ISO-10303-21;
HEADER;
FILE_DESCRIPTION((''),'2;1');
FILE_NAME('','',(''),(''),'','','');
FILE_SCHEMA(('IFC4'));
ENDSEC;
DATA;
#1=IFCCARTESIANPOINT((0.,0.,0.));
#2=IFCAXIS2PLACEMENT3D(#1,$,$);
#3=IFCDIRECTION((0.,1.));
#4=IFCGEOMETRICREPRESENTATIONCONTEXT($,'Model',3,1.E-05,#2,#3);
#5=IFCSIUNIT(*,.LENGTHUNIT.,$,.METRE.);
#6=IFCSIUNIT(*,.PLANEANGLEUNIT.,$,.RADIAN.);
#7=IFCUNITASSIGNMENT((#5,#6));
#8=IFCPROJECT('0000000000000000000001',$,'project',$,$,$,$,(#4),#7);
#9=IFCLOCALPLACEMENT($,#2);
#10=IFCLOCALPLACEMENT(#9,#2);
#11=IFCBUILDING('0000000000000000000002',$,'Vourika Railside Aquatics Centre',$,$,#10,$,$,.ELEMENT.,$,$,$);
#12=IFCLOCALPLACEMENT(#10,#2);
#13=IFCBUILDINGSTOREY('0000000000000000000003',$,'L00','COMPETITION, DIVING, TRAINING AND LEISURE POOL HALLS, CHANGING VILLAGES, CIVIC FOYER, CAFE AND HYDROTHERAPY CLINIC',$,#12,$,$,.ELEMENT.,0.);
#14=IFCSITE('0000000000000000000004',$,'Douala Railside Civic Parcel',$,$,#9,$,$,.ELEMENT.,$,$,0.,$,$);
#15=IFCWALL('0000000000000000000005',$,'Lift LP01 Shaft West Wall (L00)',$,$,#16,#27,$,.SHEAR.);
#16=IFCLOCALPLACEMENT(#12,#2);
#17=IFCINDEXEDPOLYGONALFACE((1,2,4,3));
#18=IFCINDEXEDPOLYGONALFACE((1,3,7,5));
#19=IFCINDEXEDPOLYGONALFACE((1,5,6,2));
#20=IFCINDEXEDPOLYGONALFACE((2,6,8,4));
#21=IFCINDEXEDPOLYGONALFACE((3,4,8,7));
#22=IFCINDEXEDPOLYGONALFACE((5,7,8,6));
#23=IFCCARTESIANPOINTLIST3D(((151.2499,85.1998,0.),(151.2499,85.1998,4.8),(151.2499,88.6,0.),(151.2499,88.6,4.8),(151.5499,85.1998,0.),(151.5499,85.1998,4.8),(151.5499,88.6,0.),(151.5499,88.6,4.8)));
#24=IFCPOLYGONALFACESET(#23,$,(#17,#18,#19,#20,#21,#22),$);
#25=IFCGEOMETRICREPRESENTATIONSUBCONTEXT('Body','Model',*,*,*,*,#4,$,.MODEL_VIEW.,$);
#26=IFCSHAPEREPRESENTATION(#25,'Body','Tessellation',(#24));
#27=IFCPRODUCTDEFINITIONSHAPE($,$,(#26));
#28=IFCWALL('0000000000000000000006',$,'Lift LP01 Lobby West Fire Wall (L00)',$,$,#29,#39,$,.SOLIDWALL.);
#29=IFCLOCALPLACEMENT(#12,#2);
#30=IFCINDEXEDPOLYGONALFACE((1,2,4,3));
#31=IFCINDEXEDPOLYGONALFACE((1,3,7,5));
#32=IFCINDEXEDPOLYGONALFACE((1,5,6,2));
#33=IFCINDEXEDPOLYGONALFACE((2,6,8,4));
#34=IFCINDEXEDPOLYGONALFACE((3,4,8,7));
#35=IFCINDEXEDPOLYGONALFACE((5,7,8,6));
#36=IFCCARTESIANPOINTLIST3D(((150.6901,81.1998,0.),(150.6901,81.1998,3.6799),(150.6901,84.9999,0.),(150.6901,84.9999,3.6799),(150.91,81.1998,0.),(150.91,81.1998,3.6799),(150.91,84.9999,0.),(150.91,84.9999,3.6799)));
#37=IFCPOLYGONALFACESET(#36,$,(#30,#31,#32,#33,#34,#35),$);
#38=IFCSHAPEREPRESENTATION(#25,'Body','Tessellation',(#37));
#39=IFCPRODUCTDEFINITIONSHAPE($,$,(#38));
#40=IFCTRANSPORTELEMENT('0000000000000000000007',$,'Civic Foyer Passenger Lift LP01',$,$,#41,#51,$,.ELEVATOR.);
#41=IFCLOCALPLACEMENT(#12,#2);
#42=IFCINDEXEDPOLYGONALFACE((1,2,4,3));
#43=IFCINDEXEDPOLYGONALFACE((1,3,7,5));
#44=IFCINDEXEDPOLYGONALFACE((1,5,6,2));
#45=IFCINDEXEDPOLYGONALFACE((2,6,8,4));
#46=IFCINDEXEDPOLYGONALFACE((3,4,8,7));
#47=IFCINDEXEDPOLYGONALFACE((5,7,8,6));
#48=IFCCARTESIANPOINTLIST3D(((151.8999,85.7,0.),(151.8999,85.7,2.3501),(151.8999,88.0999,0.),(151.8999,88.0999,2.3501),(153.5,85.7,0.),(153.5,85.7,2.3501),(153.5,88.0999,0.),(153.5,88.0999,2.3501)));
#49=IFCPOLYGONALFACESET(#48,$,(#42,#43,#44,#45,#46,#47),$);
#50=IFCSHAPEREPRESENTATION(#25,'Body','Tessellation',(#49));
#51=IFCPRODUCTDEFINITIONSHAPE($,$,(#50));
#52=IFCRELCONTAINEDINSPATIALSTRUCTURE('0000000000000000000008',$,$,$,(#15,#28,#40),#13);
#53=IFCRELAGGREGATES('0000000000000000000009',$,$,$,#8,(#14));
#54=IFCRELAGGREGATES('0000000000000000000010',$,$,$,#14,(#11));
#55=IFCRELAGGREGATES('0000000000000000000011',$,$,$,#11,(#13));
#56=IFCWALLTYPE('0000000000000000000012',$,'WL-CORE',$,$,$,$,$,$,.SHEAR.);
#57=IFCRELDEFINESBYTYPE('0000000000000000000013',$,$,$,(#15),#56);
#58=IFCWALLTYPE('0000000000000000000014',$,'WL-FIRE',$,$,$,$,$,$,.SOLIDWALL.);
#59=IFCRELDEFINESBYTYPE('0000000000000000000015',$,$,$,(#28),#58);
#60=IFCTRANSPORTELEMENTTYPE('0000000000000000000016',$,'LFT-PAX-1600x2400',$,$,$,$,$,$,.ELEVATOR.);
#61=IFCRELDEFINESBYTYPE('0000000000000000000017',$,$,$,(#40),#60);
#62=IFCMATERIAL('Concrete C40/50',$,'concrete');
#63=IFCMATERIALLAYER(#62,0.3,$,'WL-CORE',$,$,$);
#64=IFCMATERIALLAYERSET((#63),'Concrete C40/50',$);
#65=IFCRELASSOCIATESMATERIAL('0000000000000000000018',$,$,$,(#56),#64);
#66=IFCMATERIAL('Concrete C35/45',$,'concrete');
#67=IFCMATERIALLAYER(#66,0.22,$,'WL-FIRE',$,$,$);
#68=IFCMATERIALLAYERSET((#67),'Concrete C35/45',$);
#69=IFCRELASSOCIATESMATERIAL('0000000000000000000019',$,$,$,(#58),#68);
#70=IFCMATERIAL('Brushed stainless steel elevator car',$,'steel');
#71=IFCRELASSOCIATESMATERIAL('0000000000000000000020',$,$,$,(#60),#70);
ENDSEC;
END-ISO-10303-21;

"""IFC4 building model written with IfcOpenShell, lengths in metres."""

from ifc_helpers import new_model, si_unit, direction, frame, frame_2d, origin, origin_2d, place, context, subcontext, project, spatial, rectangle, extrude, material, layer, layer_set, type_object, element, save


model = new_model("IFC4")

# Units and contexts
model_context = context("Model", 3, precision=1e-05, world=origin(), true_north=direction((0.0, 1.0)))
body_context = subcontext(model_context, "Body", "Model", "MODEL_VIEW")
ifc_project = project(units=[si_unit("LENGTHUNIT", "METRE"), si_unit("PLANEANGLEUNIT", "RADIAN")], contexts=[model_context])

# Site, building, storey
site_placement = place(None, origin())
site = spatial("IfcSite", under=ifc_project, at=site_placement, Name="Douala Railside Civic Parcel", CompositionType="ELEMENT", RefElevation=0.0)
building_placement = place(site_placement, origin())
building = spatial("IfcBuilding", under=site, at=building_placement, Name="Vourika Railside Aquatics Centre", CompositionType="ELEMENT")
storey_placement = place(building_placement, origin())
storey = spatial("IfcBuildingStorey", under=building, at=storey_placement, Name="L00", Description="COMPETITION, DIVING, TRAINING AND LEISURE POOL HALLS, CHANGING VILLAGES, CIVIC FOYER, CAFE AND HYDROTHERAPY CLINIC", CompositionType="ELEMENT", Elevation=0.0)

# Shared definitions
ifc_material_1 = material(Name="Concrete C35/45", Category="concrete")

# Shared definitions
ifc_material_2 = material(Name="Concrete C40/50", Category="concrete")

# Shared definitions
ifc_layer_1 = layer(ifc_material_2, 0.3, Name="WL-CORE")
ifc_layer_set_1 = layer_set([ifc_layer_1], Name="Concrete C40/50")
wall_type_1 = type_object("IfcWallType", Name="WL-CORE", PredefinedType="SHEAR", material=ifc_layer_set_1)

# Wall
wall_1_placement = place(storey_placement, frame((151.3999, 88.6001, 0.0), z_axis=(0.0, 0.0, 1.0), x_axis=(0.0, -1.0, 0.0)))
element("IfcWall", 1, at=wall_1_placement, inside=storey, type_object=wall_type_1, Name="Lift LP01 Shaft West Wall (L00)", PredefinedType="SHEAR", context=body_context, shape_type="SweptSolid", body=[
    extrude(rectangle(XDim=3.4001, YDim=0.3, at=frame_2d((1.7002, 0.0))), origin(), (0.0, 0.0, 1.0), 4.8),
])

# Shared definitions
ifc_layer_2 = layer(ifc_material_1, 0.22, Name="WL-FIRE")
ifc_layer_set_2 = layer_set([ifc_layer_2], Name="Concrete C35/45")
wall_type_2 = type_object("IfcWallType", Name="WL-FIRE", PredefinedType="SOLIDWALL", material=ifc_layer_set_2)

# Wall
wall_2_placement = place(storey_placement, frame((150.8, 81.2, 0.0), z_axis=(0.0, 0.0, 1.0), x_axis=(0.0, 1.0, 0.0)))
element("IfcWall", 2, at=wall_2_placement, inside=storey, type_object=wall_type_2, Name="Lift LP01 Lobby West Fire Wall (L00)", PredefinedType="SOLIDWALL", context=body_context, shape_type="SweptSolid", body=[
    extrude(rectangle(XDim=3.8, YDim=0.22, at=frame_2d((1.8999, 0.0))), origin(), (0.0, 0.0, 1.0), 3.6799),
])

# Transport element
ifc_material_3 = material(Name="Brushed stainless steel elevator car", Category="steel")
transport_element_type = type_object("IfcTransportElementType", Name="LFT-PAX-1600x2400", PredefinedType="ELEVATOR", material=ifc_material_3)
transport_element_placement = place(storey_placement, frame((152.7, 86.8999, 0.0), z_axis=(0.0, 0.0, 1.0), x_axis=(1.0, 0.0, 0.0)))
element("IfcTransportElement", 3, at=transport_element_placement, inside=storey, type_object=transport_element_type, Name="Civic Foyer Passenger Lift LP01", PredefinedType="ELEVATOR", context=body_context, shape_type="SweptSolid", body=[
    extrude(rectangle(XDim=1.6001, YDim=2.3999, at=origin_2d()), origin(), (0.0, 0.0, 1.0), 2.3501),
])

save(model, "model.ifc")
